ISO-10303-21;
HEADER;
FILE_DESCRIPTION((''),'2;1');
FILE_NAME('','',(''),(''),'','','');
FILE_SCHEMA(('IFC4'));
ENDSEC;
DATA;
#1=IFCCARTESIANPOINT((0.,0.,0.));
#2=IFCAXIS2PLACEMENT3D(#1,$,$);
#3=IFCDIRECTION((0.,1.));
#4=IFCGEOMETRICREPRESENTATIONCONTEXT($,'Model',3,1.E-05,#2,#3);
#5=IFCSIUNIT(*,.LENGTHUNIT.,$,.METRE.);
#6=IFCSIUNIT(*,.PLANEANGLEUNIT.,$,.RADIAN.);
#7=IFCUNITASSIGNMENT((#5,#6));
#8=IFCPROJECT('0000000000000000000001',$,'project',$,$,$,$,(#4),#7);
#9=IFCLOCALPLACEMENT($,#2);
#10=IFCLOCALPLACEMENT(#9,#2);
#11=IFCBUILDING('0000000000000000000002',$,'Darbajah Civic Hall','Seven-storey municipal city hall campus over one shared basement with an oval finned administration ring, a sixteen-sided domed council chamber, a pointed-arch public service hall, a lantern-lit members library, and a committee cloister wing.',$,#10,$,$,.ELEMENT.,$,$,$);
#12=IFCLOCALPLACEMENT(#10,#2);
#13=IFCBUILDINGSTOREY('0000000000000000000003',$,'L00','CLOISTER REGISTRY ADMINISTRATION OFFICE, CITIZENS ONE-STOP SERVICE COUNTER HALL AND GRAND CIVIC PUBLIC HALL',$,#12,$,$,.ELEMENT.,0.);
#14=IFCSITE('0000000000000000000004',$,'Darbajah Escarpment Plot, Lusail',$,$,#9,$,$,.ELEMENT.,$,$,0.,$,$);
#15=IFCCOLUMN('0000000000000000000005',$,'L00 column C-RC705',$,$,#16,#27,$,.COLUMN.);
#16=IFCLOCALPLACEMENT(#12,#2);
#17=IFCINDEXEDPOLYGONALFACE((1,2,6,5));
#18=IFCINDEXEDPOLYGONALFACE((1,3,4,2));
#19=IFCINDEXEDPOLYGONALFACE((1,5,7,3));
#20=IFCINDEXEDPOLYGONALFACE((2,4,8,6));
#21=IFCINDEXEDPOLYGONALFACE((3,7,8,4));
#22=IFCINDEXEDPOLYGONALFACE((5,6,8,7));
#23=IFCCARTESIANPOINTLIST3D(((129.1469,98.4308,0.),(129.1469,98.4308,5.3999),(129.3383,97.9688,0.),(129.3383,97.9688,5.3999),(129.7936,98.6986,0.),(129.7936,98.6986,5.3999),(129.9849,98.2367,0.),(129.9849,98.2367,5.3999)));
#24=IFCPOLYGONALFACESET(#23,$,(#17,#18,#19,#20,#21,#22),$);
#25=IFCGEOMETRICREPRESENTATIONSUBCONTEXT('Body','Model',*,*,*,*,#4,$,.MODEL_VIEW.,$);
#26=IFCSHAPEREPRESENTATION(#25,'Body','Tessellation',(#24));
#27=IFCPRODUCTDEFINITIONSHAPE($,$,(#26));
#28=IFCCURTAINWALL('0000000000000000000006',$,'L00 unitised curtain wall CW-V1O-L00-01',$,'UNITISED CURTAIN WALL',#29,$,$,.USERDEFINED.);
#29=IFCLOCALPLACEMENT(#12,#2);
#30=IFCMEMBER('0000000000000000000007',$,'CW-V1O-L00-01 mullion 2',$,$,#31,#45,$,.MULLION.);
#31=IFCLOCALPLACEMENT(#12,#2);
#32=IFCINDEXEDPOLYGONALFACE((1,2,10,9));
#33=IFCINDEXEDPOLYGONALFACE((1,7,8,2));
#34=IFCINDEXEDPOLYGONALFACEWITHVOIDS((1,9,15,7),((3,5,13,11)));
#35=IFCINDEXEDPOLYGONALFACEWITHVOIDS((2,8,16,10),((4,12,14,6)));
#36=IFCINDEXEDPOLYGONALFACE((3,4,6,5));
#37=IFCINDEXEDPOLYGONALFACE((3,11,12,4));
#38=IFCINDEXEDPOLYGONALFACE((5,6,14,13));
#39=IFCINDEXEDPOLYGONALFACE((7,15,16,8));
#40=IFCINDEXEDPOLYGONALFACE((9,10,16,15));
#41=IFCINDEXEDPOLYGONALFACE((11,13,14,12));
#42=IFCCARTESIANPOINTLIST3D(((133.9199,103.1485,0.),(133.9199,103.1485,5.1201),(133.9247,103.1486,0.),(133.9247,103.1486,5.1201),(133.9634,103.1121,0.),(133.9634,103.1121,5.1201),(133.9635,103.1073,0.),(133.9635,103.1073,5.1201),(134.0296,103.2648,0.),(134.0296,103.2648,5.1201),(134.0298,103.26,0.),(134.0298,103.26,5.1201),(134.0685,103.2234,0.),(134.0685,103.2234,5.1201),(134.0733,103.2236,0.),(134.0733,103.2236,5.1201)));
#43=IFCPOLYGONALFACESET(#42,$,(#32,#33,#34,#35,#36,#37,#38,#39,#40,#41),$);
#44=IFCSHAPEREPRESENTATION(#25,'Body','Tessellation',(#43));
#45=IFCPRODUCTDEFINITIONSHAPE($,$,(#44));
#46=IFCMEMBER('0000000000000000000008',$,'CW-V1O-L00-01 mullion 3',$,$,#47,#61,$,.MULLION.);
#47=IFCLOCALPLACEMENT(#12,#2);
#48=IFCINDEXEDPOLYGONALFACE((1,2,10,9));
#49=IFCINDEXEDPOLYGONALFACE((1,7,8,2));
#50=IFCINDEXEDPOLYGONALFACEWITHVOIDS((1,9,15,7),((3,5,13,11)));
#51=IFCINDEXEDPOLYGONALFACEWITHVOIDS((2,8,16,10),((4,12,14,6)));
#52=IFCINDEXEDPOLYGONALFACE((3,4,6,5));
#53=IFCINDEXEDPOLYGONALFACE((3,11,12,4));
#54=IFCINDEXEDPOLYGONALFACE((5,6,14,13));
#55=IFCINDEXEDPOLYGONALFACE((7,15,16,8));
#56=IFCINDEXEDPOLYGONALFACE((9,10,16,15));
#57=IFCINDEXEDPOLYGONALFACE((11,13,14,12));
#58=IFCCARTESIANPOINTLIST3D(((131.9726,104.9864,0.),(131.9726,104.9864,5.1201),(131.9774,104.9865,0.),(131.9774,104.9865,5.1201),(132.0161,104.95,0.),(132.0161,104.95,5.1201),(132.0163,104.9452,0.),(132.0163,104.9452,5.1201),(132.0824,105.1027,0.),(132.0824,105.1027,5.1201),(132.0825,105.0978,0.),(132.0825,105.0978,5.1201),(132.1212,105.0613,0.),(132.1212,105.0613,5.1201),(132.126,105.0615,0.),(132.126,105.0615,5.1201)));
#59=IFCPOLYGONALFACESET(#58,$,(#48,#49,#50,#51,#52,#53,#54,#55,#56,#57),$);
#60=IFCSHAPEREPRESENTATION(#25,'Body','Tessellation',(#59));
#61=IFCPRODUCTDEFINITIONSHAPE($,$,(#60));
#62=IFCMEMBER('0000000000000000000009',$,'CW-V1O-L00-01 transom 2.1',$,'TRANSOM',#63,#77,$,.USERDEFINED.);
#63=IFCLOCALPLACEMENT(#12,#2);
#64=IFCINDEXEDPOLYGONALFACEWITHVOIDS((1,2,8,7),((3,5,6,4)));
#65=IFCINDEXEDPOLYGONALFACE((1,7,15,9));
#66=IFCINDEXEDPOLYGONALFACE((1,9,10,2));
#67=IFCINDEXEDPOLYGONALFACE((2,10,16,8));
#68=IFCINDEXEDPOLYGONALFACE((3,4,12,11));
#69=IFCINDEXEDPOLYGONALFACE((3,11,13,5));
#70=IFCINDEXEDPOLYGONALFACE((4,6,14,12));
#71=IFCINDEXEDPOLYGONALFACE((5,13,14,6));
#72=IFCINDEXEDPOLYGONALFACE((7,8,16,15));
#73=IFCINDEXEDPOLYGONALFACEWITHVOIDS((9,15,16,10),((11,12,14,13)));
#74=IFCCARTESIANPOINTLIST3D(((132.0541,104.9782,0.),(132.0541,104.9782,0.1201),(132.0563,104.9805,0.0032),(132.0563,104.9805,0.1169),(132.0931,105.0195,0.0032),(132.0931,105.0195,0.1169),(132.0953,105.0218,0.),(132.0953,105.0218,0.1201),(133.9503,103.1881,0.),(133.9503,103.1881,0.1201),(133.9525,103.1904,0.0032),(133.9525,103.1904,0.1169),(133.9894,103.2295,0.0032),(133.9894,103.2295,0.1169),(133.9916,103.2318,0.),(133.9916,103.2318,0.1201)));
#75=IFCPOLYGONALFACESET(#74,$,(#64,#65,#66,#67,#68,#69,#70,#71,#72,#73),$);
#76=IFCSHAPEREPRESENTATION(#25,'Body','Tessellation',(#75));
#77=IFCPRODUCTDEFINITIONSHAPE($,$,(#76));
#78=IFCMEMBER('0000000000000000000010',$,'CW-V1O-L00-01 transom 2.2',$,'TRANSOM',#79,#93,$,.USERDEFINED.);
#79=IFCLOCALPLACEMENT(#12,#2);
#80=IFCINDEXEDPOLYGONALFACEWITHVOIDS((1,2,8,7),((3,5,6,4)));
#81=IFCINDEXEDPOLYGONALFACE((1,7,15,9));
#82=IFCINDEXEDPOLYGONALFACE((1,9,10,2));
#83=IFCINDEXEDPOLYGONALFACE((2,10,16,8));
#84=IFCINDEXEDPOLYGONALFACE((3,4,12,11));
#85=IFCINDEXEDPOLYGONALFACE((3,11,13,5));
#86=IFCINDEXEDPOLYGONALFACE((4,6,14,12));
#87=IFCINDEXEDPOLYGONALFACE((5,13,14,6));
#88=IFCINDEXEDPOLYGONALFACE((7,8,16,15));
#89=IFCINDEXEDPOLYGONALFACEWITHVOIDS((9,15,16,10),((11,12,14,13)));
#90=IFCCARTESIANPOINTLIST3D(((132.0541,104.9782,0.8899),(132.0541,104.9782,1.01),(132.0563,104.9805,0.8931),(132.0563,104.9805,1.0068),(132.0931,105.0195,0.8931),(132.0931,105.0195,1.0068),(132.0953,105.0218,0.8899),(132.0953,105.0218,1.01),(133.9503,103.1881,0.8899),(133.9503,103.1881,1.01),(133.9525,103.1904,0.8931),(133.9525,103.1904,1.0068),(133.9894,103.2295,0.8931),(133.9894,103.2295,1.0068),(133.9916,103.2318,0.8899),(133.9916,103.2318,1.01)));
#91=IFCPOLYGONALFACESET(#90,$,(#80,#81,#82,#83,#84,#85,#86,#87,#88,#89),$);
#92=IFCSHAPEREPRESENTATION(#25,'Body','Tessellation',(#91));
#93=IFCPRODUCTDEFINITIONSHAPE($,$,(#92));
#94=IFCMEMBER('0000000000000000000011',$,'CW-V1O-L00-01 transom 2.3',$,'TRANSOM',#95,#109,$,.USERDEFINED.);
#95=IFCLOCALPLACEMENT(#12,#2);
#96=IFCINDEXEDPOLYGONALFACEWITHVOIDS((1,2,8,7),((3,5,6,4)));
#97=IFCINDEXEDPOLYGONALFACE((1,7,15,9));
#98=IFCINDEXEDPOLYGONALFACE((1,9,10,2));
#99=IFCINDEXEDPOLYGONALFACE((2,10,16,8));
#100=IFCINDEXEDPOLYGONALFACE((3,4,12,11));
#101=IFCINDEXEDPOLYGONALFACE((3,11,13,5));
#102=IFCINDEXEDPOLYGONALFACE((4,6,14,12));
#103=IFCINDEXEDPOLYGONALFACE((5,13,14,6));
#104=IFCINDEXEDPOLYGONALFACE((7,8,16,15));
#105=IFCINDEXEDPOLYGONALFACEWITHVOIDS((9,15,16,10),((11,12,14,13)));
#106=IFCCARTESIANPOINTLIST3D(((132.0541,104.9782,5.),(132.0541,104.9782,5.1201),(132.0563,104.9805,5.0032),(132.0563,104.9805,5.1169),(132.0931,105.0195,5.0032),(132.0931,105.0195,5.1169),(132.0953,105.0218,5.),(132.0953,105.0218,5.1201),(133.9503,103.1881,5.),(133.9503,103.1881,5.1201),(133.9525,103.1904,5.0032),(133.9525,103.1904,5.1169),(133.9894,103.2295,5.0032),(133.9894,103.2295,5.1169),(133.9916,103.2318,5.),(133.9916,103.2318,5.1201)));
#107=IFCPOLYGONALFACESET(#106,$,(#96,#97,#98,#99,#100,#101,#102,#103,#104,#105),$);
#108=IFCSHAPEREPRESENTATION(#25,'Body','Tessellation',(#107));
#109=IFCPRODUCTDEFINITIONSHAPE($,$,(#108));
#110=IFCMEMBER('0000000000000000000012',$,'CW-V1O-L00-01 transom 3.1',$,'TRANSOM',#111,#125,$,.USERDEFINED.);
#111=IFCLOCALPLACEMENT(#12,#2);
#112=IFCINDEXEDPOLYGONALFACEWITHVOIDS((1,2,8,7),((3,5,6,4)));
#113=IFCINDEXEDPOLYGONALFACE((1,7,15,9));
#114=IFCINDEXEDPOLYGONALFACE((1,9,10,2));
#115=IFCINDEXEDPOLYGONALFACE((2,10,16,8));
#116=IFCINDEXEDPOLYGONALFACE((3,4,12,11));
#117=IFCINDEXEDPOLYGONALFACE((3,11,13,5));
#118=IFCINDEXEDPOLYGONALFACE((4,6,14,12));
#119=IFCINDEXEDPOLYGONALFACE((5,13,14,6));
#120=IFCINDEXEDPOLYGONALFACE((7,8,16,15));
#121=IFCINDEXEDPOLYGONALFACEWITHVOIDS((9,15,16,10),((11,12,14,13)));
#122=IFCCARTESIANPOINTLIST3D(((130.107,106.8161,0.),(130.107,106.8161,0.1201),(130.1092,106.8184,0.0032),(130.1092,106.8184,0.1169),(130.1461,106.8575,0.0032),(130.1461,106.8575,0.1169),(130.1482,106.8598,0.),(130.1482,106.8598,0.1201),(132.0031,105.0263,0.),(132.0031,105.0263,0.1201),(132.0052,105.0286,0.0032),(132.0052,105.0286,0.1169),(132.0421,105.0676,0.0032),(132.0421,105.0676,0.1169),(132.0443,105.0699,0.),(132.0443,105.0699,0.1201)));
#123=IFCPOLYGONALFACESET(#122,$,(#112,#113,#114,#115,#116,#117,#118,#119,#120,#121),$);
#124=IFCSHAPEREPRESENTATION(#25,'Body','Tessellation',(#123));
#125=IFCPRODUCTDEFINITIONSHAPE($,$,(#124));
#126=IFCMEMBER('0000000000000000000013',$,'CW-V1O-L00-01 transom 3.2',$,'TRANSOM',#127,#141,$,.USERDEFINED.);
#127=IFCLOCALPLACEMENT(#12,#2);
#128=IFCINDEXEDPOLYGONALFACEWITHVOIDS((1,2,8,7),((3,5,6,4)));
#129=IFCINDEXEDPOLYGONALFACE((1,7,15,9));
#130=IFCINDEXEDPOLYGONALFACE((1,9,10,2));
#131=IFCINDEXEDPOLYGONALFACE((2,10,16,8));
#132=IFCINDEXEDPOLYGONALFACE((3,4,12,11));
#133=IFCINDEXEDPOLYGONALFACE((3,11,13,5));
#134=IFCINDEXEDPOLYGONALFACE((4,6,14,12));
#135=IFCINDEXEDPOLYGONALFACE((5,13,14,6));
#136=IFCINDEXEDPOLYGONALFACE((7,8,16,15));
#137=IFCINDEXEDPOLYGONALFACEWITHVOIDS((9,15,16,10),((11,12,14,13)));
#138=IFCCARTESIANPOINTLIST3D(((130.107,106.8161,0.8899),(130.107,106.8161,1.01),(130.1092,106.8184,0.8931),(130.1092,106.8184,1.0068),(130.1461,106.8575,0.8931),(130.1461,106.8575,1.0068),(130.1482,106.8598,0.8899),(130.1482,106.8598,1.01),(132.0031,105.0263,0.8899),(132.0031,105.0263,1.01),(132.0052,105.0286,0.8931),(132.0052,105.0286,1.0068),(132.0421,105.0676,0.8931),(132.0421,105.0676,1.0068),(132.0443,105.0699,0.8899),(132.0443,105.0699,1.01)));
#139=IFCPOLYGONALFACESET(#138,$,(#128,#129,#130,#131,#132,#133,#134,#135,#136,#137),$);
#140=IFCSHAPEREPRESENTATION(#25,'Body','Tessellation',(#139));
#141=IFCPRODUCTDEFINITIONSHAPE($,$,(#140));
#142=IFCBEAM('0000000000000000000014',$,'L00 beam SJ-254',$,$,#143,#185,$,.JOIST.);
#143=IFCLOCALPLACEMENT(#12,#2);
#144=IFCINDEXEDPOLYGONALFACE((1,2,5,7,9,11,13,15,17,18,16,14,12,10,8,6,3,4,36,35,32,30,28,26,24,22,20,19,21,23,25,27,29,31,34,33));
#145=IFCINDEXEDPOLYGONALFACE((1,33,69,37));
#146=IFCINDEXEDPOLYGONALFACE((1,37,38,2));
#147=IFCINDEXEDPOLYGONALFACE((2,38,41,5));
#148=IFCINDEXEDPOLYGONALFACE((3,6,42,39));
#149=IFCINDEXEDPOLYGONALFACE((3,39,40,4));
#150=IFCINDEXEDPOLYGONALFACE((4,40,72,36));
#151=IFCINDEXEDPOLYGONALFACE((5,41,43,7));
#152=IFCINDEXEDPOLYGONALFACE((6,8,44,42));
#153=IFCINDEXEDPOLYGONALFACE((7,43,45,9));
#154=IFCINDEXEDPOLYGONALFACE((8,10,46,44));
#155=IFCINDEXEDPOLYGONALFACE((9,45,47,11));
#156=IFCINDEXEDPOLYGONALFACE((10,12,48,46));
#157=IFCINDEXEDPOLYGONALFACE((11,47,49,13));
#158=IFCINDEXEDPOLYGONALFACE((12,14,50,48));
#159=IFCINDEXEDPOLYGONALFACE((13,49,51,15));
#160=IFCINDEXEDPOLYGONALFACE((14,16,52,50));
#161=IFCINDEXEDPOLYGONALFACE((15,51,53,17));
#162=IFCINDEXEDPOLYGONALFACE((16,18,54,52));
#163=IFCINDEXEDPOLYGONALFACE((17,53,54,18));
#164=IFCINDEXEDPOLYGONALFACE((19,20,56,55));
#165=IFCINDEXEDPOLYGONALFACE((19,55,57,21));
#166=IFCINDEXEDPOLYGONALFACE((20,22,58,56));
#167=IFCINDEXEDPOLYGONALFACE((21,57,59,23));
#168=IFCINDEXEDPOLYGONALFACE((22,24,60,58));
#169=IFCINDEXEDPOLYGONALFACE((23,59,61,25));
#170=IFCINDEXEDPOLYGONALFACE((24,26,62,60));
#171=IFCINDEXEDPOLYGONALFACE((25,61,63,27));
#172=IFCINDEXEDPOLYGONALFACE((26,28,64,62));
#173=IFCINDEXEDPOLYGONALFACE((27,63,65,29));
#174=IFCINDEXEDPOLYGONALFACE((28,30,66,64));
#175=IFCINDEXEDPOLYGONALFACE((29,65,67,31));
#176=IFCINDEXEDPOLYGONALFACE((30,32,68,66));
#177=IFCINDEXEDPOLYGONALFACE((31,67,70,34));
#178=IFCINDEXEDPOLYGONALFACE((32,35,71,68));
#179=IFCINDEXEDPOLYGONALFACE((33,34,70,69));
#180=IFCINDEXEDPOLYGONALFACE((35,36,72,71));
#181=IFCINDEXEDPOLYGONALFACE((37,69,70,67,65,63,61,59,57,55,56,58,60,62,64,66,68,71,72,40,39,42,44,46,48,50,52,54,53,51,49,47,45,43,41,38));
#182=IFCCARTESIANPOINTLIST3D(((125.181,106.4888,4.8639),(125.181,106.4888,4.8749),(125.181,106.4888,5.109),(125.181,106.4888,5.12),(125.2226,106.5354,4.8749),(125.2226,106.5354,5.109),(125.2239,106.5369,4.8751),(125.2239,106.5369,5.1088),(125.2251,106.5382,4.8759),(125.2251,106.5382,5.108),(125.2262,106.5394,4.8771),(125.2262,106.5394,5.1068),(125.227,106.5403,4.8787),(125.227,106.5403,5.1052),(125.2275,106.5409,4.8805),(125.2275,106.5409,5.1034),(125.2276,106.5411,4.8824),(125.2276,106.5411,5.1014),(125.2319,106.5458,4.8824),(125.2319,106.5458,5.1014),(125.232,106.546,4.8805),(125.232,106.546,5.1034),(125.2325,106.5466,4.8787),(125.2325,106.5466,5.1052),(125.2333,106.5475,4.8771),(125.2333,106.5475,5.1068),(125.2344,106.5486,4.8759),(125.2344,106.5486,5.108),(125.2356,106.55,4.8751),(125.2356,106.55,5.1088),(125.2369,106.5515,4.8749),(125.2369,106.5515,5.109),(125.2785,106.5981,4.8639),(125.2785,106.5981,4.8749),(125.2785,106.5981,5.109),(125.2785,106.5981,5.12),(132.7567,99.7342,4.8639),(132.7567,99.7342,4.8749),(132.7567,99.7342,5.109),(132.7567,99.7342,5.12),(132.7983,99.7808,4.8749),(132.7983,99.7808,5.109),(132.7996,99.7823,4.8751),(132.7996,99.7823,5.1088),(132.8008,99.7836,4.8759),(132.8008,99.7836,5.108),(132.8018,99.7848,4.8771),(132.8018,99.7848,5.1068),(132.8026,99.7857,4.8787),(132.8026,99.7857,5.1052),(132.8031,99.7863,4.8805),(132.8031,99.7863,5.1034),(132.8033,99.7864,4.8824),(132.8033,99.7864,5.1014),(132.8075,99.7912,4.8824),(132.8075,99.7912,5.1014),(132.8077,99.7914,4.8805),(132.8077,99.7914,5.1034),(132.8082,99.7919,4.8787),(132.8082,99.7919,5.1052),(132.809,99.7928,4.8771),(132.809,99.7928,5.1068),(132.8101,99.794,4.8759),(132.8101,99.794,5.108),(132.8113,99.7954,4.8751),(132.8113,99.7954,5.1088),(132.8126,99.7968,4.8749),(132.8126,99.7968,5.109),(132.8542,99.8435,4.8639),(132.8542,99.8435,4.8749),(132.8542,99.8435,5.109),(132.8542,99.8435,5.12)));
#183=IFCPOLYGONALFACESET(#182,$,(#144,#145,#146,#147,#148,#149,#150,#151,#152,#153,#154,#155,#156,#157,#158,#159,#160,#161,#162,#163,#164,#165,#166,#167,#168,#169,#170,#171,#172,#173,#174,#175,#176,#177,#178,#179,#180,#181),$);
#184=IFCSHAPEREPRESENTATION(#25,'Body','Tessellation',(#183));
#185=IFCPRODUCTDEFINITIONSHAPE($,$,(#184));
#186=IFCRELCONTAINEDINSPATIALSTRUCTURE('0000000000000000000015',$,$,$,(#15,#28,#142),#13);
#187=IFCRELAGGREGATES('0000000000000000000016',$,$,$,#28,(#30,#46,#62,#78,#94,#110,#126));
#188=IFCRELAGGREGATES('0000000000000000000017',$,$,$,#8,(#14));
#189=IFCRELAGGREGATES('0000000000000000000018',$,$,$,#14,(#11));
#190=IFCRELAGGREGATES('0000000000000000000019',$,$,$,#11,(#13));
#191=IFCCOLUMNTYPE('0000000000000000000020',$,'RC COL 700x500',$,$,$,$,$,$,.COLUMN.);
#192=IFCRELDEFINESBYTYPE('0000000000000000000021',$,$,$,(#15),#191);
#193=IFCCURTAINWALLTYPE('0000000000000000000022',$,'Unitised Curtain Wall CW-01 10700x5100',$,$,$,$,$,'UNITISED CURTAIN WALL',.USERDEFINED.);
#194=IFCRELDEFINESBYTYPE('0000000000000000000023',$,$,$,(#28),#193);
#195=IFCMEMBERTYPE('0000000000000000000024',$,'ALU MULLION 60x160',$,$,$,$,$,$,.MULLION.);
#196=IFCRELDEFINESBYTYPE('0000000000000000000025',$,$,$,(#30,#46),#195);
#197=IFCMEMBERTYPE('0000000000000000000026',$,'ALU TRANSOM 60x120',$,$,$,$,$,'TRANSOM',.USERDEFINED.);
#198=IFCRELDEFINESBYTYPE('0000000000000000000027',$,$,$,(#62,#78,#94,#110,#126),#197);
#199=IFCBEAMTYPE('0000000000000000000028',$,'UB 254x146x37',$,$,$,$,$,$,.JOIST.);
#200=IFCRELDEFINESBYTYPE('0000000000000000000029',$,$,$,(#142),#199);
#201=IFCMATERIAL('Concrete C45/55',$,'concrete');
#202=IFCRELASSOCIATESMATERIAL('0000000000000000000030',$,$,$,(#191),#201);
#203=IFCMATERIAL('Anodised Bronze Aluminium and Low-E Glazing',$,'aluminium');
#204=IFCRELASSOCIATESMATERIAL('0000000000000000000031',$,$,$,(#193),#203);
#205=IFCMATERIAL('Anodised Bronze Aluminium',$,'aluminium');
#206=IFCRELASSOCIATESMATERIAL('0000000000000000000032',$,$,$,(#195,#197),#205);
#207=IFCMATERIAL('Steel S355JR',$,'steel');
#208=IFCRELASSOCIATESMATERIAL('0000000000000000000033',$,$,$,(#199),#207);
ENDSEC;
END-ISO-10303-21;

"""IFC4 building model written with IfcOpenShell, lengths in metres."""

from ifc_helpers import new_model, si_unit, direction, frame, origin, origin_2d, place, context, subcontext, project, spatial, rectangle, hollow_rectangle, i_section, extrude, material, material_profile, profile_set, type_object, element, aggregate, save


model = new_model("IFC4")

# Units and contexts
model_context = context("Model", 3, precision=1e-05, world=origin(), true_north=direction((0.0, 1.0)))
body_context = subcontext(model_context, "Body", "Model", "MODEL_VIEW")
ifc_project = project(units=[si_unit("LENGTHUNIT", "METRE"), si_unit("PLANEANGLEUNIT", "RADIAN")], contexts=[model_context])

# Site, building, storey
site_placement = place(None, origin())
site = spatial("IfcSite", under=ifc_project, at=site_placement, Name="Darbajah Escarpment Plot, Lusail", CompositionType="ELEMENT", RefElevation=0.0)
building_placement = place(site_placement, origin())
building = spatial("IfcBuilding", under=site, at=building_placement, Name="Darbajah Civic Hall", Description="Seven-storey municipal city hall campus over one shared basement with an oval finned administration ring, a sixteen-sided domed council chamber, a pointed-arch public service hall, a lantern-lit members library, and a committee cloister wing.", CompositionType="ELEMENT")
storey_placement = place(building_placement, origin())
storey = spatial("IfcBuildingStorey", under=building, at=storey_placement, Name="L00", Description="CLOISTER REGISTRY ADMINISTRATION OFFICE, CITIZENS ONE-STOP SERVICE COUNTER HALL AND GRAND CIVIC PUBLIC HALL", CompositionType="ELEMENT", Elevation=0.0)

# Column
ifc_material_1 = material(Name="Concrete C45/55", Category="concrete")
ifc_material_profile_1 = material_profile(ifc_material_1, rectangle(XDim=0.7, YDim=0.5, at=origin_2d()), Name="RC COL 700x500")
ifc_profile_set_1 = profile_set([ifc_material_profile_1], Name="Concrete C45/55")
column_type = type_object("IfcColumnType", Name="RC COL 700x500", PredefinedType="COLUMN", material=ifc_profile_set_1)
column_placement = place(storey_placement, frame((129.5659, 98.3337, 0.0), z_axis=(0.0, 0.0, 1.0), x_axis=(0.92388, 0.382683, 0.0)))
element("IfcColumn", 1, at=column_placement, inside=storey, type_object=column_type, Name="L00 column C-RC705", PredefinedType="COLUMN", context=body_context, shape_type="SweptSolid", body=[
    extrude(rectangle(XDim=0.7, YDim=0.5, at=origin_2d()), origin(), (0.0, 0.0, 1.0), 5.3999),
])

# Curtain wall, members
ifc_material_2 = material(Name="Anodised Bronze Aluminium and Low-E Glazing", Category="aluminium")
curtain_wall_type = type_object("IfcCurtainWallType", Name="Unitised Curtain Wall CW-01 10700x5100", ElementType="UNITISED CURTAIN WALL", PredefinedType="USERDEFINED", material=ifc_material_2)
curtain_wall_placement = place(storey_placement, origin())
curtain_wall = element("IfcCurtainWall", 2, at=curtain_wall_placement, inside=storey, type_object=curtain_wall_type, Name="L00 unitised curtain wall CW-V1O-L00-01", ObjectType="UNITISED CURTAIN WALL", PredefinedType="USERDEFINED")
ifc_material_3 = material(Name="Anodised Bronze Aluminium", Category="aluminium")
ifc_material_profile_2 = material_profile(ifc_material_3, hollow_rectangle(XDim=0.0601, YDim=0.1599, WallThickness=0.0034, at=origin_2d()), Name="ALU MULLION 60x160")
ifc_profile_set_2 = profile_set([ifc_material_profile_2], Name="Anodised Bronze Aluminium")
member_type_1 = type_object("IfcMemberType", Name="ALU MULLION 60x160", PredefinedType="MULLION", material=ifc_profile_set_2)
member_1_placement = place(storey_placement, frame((133.9966, 103.186, 0.0), z_axis=(0.0, 0.0, 1.0), x_axis=(-0.727174, 0.686453, 0.0)))
member_1 = element("IfcMember", 3, at=member_1_placement, type_object=member_type_1, Name="CW-V1O-L00-01 mullion 2", PredefinedType="MULLION", context=body_context, shape_type="SweptSolid", body=[
    extrude(hollow_rectangle(XDim=0.0601, YDim=0.1599, WallThickness=0.0034, at=origin_2d()), origin(), (0.0, 0.0, 1.0), 5.1201),
])
member_2_placement = place(storey_placement, frame((132.0493, 105.0239, 0.0), z_axis=(0.0, 0.0, 1.0), x_axis=(-0.727174, 0.686453, 0.0)))
member_2 = element("IfcMember", 4, at=member_2_placement, type_object=member_type_1, Name="CW-V1O-L00-01 mullion 3", PredefinedType="MULLION", context=body_context, shape_type="SweptSolid", body=[
    extrude(hollow_rectangle(XDim=0.0601, YDim=0.1599, WallThickness=0.0034, at=origin_2d()), origin(), (0.0, 0.0, 1.0), 5.1201),
])
ifc_material_profile_3 = material_profile(ifc_material_3, hollow_rectangle(XDim=0.0601, YDim=0.1201, WallThickness=0.0032, at=origin_2d()), Name="ALU TRANSOM 60x120")
ifc_profile_set_3 = profile_set([ifc_material_profile_3], Name="Anodised Bronze Aluminium")
member_type_2 = type_object("IfcMemberType", Name="ALU TRANSOM 60x120", ElementType="TRANSOM", PredefinedType="USERDEFINED", material=ifc_profile_set_3)
member_3_placement = place(storey_placement, frame((133.9709, 103.21, 0.0601), z_axis=(-0.727177, 0.68645, 0.0), x_axis=(-0.68645, -0.727177, 0.0)))
member_3 = element("IfcMember", 5, at=member_3_placement, type_object=member_type_2, Name="CW-V1O-L00-01 transom 2.1", ObjectType="TRANSOM", PredefinedType="USERDEFINED", context=body_context, shape_type="SweptSolid", body=[
    extrude(hollow_rectangle(XDim=0.0601, YDim=0.1201, WallThickness=0.0032, at=origin_2d()), origin(), (0.0, 0.0, 1.0), 2.6077),
])
member_4_placement = place(storey_placement, frame((133.9709, 103.21, 0.95), z_axis=(-0.727177, 0.68645, 0.0), x_axis=(-0.68645, -0.727177, 0.0)))
member_4 = element("IfcMember", 6, at=member_4_placement, type_object=member_type_2, Name="CW-V1O-L00-01 transom 2.2", ObjectType="TRANSOM", PredefinedType="USERDEFINED", context=body_context, shape_type="SweptSolid", body=[
    extrude(hollow_rectangle(XDim=0.0601, YDim=0.1201, WallThickness=0.0032, at=origin_2d()), origin(), (0.0, 0.0, 1.0), 2.6077),
])
member_5_placement = place(storey_placement, frame((133.9709, 103.21, 5.0601), z_axis=(-0.727177, 0.68645, 0.0), x_axis=(-0.68645, -0.727177, 0.0)))
member_5 = element("IfcMember", 7, at=member_5_placement, type_object=member_type_2, Name="CW-V1O-L00-01 transom 2.3", ObjectType="TRANSOM", PredefinedType="USERDEFINED", context=body_context, shape_type="SweptSolid", body=[
    extrude(hollow_rectangle(XDim=0.0601, YDim=0.1201, WallThickness=0.0032, at=origin_2d()), origin(), (0.0, 0.0, 1.0), 2.6077),
])
member_6_placement = place(storey_placement, frame((132.0237, 105.0481, 0.0601), z_axis=(-0.727179, 0.686448, 0.0), x_axis=(-0.686448, -0.727179, 0.0)))
member_6 = element("IfcMember", 8, at=member_6_placement, type_object=member_type_2, Name="CW-V1O-L00-01 transom 3.1", ObjectType="TRANSOM", PredefinedType="USERDEFINED", context=body_context, shape_type="SweptSolid", body=[
    extrude(hollow_rectangle(XDim=0.0601, YDim=0.1201, WallThickness=0.0032, at=origin_2d()), origin(), (0.0, 0.0, 1.0), 2.6074),
])
member_7_placement = place(storey_placement, frame((132.0237, 105.0481, 0.95), z_axis=(-0.727179, 0.686448, 0.0), x_axis=(-0.686448, -0.727179, 0.0)))
member_7 = element("IfcMember", 9, at=member_7_placement, type_object=member_type_2, Name="CW-V1O-L00-01 transom 3.2", ObjectType="TRANSOM", PredefinedType="USERDEFINED", context=body_context, shape_type="SweptSolid", body=[
    extrude(hollow_rectangle(XDim=0.0601, YDim=0.1201, WallThickness=0.0032, at=origin_2d()), origin(), (0.0, 0.0, 1.0), 2.6074),
])

# Beam
ifc_material_4 = material(Name="Steel S355JR", Category="steel")
ifc_material_profile_4 = material_profile(ifc_material_4, i_section(OverallWidth=0.1465, OverallDepth=0.2561, WebThickness=0.0063, FlangeThickness=0.011, FilletRadius=0.0076, at=origin_2d()), Name="UB 254x146x37")
ifc_profile_set_4 = profile_set([ifc_material_profile_4], Name="Steel S355JR")
beam_type_1 = type_object("IfcBeamType", Name="UB 254x146x37", PredefinedType="JOIST", material=ifc_profile_set_4)
beam_1_placement = place(storey_placement, frame((132.8054, 99.7888, 4.9919), z_axis=(-0.746396, 0.665502, 0.0), x_axis=(-0.665502, -0.746396, 0.0)))
element("IfcBeam", 10, at=beam_1_placement, inside=storey, type_object=beam_type_1, Name="L00 beam SJ-254", PredefinedType="JOIST", context=body_context, shape_type="SweptSolid", body=[
    extrude(i_section(OverallWidth=0.1465, OverallDepth=0.2561, WebThickness=0.0063, FlangeThickness=0.011, FilletRadius=0.0076, at=origin_2d()), origin(), (0.0, 0.0, 1.0), 10.1497),
])

aggregate(curtain_wall, [member_1, member_2, member_3, member_4, member_5, member_6, member_7])

save(model, "model.ifc")
